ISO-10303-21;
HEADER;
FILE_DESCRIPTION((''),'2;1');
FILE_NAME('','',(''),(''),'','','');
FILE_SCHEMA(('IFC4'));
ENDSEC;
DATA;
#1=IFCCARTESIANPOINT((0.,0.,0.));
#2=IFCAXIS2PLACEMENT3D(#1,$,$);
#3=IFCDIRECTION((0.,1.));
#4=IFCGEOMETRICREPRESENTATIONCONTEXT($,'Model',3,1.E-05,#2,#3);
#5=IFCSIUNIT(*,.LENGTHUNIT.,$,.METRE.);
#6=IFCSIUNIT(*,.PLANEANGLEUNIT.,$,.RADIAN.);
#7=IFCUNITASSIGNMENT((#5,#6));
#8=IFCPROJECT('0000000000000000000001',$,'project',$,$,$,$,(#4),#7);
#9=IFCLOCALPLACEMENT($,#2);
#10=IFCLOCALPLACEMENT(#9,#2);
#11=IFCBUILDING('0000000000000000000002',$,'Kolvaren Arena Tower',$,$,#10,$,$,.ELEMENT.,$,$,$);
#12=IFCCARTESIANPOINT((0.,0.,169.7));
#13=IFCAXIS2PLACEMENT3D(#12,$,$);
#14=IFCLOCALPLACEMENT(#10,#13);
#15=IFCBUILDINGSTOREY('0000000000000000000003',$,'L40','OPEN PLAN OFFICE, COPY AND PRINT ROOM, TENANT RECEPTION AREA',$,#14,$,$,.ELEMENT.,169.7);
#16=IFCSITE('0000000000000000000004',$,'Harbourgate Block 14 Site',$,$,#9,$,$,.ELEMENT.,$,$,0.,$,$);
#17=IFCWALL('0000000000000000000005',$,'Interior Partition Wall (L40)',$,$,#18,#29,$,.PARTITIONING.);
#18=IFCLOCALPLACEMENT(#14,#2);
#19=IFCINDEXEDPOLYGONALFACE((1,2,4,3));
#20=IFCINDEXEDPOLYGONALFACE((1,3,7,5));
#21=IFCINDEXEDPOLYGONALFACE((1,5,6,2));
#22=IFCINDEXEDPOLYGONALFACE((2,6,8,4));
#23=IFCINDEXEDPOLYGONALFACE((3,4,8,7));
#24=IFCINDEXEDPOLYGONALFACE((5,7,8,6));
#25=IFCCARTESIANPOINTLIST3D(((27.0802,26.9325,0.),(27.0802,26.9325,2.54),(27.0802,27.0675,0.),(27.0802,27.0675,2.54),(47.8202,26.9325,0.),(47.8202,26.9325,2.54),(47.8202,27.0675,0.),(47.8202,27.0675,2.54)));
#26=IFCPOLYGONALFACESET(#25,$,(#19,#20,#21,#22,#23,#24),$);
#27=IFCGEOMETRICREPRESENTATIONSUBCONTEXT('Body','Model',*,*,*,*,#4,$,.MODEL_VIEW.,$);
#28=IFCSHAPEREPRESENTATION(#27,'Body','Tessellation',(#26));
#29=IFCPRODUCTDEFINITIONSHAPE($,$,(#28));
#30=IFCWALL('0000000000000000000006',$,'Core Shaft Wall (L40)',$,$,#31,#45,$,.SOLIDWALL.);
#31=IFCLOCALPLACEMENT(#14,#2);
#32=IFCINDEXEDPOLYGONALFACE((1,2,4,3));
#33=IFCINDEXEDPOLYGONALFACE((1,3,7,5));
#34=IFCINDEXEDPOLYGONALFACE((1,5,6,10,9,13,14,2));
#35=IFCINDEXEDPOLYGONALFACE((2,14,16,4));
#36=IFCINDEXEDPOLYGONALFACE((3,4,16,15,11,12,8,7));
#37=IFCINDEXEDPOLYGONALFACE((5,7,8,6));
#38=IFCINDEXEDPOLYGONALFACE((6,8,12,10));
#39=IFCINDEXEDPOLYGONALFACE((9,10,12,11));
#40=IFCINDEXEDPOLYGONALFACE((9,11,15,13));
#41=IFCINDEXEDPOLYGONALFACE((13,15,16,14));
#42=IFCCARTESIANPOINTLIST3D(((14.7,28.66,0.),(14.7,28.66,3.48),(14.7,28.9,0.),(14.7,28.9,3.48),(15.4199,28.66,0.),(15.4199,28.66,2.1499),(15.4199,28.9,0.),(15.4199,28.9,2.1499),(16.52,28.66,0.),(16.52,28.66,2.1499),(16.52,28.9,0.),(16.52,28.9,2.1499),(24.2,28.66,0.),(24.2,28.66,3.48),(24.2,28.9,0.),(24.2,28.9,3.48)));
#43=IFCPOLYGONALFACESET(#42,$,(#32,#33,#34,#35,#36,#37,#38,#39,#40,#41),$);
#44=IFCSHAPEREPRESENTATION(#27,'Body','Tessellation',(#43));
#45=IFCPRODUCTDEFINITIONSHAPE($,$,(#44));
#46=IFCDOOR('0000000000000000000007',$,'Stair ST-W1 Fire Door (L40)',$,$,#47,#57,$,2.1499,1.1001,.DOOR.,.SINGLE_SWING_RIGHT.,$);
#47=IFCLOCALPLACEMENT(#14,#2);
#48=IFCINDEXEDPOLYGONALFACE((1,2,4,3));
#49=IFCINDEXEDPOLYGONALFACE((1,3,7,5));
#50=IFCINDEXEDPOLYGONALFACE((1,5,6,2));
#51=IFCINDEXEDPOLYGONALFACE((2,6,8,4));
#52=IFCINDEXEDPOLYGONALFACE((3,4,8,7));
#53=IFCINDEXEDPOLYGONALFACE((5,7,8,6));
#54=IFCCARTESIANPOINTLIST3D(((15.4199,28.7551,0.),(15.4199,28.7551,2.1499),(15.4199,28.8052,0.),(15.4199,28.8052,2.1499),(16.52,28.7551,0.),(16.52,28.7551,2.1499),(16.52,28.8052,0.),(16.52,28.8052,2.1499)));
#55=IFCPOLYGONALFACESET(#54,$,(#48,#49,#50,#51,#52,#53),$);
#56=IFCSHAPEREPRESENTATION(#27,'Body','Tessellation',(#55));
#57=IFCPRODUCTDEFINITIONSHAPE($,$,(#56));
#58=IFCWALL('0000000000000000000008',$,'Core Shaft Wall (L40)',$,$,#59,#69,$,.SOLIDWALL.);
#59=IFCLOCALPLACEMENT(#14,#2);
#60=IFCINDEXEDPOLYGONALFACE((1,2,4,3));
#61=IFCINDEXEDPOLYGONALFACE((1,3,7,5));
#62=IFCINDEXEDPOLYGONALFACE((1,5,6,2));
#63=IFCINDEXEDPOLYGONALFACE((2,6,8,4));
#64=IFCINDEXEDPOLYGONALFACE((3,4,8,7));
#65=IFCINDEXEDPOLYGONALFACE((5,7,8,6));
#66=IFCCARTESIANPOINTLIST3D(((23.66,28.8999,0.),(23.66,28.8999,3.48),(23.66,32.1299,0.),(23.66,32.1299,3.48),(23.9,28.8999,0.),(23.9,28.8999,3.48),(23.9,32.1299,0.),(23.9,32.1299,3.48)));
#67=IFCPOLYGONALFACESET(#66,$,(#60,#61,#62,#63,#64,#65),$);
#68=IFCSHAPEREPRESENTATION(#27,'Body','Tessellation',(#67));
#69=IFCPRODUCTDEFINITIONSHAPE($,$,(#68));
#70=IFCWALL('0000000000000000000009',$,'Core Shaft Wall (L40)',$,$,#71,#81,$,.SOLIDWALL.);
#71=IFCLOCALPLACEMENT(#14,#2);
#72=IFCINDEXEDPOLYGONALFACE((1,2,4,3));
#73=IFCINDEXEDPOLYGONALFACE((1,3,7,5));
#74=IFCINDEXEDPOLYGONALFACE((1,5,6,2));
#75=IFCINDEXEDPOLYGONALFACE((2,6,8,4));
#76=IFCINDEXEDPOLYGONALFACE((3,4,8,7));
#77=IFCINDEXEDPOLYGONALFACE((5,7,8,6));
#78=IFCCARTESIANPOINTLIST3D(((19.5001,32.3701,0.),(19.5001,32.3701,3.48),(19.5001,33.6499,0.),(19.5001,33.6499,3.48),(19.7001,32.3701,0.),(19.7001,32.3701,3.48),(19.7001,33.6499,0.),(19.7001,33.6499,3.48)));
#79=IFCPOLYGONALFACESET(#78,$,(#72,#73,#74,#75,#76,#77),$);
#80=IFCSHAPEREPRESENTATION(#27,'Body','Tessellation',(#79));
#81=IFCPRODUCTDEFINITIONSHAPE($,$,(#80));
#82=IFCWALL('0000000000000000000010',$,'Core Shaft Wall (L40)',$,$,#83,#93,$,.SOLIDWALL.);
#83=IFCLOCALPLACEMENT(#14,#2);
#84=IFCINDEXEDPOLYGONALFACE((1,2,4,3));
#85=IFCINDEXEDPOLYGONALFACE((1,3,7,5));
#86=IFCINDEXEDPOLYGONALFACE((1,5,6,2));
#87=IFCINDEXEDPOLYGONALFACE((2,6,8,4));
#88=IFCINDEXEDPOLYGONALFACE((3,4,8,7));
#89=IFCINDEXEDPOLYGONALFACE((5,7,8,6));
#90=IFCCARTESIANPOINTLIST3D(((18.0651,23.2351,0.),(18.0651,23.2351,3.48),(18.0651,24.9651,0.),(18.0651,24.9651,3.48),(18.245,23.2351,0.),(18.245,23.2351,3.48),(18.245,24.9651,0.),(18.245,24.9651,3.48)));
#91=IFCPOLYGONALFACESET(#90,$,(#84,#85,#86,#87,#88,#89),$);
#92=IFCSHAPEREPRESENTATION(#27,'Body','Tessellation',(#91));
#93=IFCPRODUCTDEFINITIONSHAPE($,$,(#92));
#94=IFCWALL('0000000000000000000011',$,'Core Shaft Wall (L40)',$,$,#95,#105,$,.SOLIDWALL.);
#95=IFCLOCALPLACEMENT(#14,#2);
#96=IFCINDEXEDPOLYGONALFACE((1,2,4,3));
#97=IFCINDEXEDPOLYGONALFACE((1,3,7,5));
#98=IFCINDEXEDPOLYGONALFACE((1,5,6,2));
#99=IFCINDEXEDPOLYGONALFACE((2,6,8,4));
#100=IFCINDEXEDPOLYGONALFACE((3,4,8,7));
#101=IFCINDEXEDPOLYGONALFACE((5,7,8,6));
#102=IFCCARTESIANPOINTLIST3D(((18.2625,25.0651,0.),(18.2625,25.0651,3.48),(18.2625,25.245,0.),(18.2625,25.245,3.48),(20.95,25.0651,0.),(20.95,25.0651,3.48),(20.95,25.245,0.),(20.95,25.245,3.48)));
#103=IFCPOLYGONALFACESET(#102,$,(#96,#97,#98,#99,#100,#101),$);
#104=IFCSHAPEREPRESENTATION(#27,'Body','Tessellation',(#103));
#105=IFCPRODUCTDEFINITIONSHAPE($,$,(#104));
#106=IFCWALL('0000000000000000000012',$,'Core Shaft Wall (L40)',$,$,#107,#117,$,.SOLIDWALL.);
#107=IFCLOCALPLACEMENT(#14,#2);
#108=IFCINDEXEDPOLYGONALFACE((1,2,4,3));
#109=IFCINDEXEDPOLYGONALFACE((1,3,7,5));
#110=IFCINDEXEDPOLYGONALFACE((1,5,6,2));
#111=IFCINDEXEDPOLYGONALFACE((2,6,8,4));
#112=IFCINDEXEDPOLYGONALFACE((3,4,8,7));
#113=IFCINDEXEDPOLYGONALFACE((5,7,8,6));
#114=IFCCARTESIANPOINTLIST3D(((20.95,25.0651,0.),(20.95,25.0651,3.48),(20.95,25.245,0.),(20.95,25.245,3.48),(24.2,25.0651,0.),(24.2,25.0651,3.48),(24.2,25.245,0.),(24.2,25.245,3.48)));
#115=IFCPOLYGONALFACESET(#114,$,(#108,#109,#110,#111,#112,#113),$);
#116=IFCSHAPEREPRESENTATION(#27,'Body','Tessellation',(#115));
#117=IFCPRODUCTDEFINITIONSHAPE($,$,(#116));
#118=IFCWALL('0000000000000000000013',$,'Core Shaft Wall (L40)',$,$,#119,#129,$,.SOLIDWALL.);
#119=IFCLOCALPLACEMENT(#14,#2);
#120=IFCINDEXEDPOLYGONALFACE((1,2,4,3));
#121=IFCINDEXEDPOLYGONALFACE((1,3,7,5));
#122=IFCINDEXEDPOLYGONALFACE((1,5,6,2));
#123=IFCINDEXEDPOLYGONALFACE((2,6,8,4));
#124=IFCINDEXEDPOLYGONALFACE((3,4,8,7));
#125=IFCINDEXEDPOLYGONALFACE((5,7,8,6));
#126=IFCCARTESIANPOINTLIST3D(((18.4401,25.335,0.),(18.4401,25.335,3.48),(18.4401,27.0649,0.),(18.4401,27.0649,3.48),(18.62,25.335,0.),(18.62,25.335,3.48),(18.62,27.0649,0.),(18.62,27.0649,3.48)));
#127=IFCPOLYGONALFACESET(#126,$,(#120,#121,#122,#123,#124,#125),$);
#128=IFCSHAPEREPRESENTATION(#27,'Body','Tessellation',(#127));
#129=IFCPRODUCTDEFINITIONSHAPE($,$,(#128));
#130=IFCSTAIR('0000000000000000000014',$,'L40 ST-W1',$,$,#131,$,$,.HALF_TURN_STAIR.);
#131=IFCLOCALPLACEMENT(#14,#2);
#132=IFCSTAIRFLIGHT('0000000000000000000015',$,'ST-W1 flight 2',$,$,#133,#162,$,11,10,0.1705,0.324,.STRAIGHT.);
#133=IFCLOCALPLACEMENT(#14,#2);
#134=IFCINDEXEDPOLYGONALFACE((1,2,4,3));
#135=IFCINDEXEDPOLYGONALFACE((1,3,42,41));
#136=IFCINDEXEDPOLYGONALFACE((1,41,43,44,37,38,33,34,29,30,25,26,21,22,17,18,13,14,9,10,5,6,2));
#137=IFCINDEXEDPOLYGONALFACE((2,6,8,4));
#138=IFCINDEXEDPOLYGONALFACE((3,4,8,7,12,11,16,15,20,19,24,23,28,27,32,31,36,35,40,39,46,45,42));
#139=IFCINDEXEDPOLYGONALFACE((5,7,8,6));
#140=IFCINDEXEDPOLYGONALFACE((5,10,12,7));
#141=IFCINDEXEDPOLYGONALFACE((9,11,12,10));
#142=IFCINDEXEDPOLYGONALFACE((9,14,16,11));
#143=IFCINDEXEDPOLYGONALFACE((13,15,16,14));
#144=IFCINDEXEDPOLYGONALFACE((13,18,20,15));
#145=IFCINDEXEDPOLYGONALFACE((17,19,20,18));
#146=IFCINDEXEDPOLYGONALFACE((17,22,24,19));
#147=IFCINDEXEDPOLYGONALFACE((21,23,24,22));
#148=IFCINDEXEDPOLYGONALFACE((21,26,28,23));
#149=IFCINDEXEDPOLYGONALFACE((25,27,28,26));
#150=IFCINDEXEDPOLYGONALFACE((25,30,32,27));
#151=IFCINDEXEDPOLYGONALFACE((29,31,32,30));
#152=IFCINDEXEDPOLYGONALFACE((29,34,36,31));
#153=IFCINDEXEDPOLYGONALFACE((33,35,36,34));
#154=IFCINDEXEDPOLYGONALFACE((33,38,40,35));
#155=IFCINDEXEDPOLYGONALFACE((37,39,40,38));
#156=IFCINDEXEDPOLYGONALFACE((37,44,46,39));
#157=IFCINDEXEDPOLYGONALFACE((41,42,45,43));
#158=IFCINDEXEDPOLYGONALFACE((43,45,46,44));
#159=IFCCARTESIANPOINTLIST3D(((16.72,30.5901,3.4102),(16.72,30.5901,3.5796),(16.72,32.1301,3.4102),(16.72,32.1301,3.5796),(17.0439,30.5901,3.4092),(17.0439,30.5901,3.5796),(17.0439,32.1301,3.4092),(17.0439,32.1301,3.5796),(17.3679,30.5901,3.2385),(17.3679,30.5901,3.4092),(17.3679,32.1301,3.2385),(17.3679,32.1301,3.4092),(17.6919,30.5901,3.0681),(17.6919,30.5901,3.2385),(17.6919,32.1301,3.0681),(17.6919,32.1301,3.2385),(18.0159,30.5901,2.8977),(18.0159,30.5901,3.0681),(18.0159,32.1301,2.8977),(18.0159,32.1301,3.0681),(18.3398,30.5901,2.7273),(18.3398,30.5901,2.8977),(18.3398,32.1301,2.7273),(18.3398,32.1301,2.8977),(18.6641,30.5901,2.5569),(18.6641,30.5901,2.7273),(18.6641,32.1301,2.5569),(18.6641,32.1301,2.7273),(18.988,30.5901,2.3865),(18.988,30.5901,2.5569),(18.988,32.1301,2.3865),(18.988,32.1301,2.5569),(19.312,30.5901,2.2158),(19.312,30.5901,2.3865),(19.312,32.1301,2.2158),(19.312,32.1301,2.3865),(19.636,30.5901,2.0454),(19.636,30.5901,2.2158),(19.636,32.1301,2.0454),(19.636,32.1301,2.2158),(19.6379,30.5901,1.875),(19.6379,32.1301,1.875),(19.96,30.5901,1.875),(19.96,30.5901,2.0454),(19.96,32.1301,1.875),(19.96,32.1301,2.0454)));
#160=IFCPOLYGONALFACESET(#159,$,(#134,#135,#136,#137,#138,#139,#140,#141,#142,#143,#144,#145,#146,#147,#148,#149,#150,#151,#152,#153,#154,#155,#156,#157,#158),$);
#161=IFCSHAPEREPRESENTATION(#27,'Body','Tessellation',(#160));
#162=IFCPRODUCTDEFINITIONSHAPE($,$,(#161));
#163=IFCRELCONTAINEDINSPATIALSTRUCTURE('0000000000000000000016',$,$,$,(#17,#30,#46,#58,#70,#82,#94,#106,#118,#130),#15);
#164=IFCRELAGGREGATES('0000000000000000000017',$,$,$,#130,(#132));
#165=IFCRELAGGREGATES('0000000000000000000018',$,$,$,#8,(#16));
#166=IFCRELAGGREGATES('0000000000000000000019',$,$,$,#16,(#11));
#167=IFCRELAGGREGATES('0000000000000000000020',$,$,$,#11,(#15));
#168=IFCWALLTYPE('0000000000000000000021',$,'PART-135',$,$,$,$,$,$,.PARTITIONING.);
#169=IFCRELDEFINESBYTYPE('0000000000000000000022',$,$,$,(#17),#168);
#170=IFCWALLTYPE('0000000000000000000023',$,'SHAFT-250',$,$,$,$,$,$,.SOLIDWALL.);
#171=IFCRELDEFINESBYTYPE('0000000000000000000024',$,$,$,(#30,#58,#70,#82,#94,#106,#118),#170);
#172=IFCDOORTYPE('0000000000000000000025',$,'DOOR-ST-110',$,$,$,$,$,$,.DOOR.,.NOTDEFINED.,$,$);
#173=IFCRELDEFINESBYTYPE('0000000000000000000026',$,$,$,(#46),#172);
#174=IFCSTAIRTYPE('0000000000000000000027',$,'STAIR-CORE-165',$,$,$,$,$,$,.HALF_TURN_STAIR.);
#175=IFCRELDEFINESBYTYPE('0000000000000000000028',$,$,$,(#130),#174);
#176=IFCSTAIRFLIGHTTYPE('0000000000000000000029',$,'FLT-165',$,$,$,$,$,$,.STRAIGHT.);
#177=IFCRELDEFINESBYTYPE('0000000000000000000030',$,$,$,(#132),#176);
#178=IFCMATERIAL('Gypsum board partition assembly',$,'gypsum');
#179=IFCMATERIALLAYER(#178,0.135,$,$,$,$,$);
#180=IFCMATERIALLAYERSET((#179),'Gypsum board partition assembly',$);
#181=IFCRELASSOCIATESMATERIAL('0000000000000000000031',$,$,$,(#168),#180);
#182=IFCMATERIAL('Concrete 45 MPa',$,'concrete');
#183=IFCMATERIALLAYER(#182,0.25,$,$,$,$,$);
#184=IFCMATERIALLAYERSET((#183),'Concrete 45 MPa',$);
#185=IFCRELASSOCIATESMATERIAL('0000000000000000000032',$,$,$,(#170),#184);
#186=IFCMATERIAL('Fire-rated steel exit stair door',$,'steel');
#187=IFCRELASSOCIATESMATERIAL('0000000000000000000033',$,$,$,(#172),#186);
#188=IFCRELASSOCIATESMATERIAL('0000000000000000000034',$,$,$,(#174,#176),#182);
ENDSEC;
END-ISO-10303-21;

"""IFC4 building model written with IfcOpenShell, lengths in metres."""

from ifc_helpers import new_model, si_unit, direction, frame, frame_2d, origin, place, context, subcontext, project, spatial, polyline, rectangle, outline, extrude, material, layer, layer_set, type_object, element, fill, aggregate, save


model = new_model("IFC4")

# Units and contexts
model_context = context("Model", 3, precision=1e-05, world=origin(), true_north=direction((0.0, 1.0)))
body_context = subcontext(model_context, "Body", "Model", "MODEL_VIEW")
ifc_project = project(units=[si_unit("LENGTHUNIT", "METRE"), si_unit("PLANEANGLEUNIT", "RADIAN")], contexts=[model_context])

# Site, building, storey
site_placement = place(None, origin())
site = spatial("IfcSite", under=ifc_project, at=site_placement, Name="Harbourgate Block 14 Site", CompositionType="ELEMENT", RefElevation=0.0)
building_placement = place(site_placement, origin())
building = spatial("IfcBuilding", under=site, at=building_placement, Name="Kolvaren Arena Tower", CompositionType="ELEMENT")
storey_placement = place(building_placement, frame((0.0, 0.0, 169.7)))
storey = spatial("IfcBuildingStorey", under=building, at=storey_placement, Name="L40", Description="OPEN PLAN OFFICE, COPY AND PRINT ROOM, TENANT RECEPTION AREA", CompositionType="ELEMENT", Elevation=169.7)

# Wall
ifc_material_1 = material(Name="Gypsum board partition assembly", Category="gypsum")
ifc_layer_1 = layer(ifc_material_1, 0.135)
ifc_layer_set_1 = layer_set([ifc_layer_1], Name="Gypsum board partition assembly")
wall_type_1 = type_object("IfcWallType", Name="PART-135", PredefinedType="PARTITIONING", material=ifc_layer_set_1)
wall_1_placement = place(storey_placement, frame((27.0801, 27.0, 0.0), z_axis=(0.0, 0.0, 1.0), x_axis=(1.0, 0.0, 0.0)))
element("IfcWall", 1, at=wall_1_placement, inside=storey, type_object=wall_type_1, Name="Interior Partition Wall (L40)", PredefinedType="PARTITIONING", context=body_context, shape_type="SweptSolid", body=[
    extrude(rectangle(XDim=20.74, YDim=0.135, at=frame_2d((10.3701, 0.0))), origin(), (0.0, 0.0, 1.0), 2.54),
])

# Wall, opening, door
ifc_material_2 = material(Name="Concrete 45 MPa", Category="concrete")
ifc_layer_2 = layer(ifc_material_2, 0.25)
ifc_layer_set_2 = layer_set([ifc_layer_2], Name="Concrete 45 MPa")
wall_type_2 = type_object("IfcWallType", Name="SHAFT-250", PredefinedType="SOLIDWALL", material=ifc_layer_set_2)
wall_2_placement = place(storey_placement, frame((24.2, 28.78, 0.0), z_axis=(0.0, 0.0, 1.0), x_axis=(-1.0, 0.0, 0.0)))
wall_2 = element("IfcWall", 2, at=wall_2_placement, inside=storey, type_object=wall_type_2, Name="Core Shaft Wall (L40)", PredefinedType="SOLIDWALL", context=body_context, shape_type="SweptSolid", body=[
    extrude(rectangle(XDim=9.5, YDim=0.24, at=frame_2d((4.75, 0.0))), origin(), (0.0, 0.0, 1.0), 3.48),
])
opening_placement = place(wall_2_placement, frame((7.6799, 0.0, 0.0)))
opening = element("IfcOpeningElement", 3, at=opening_placement, cuts=wall_2, PredefinedType="OPENING", context=body_context, shape_type="SweptSolid", body=[
    extrude(rectangle(XDim=1.1001, YDim=2.1499, at=frame_2d((0.55, 1.075))), frame((0.0, 0.1299, 0.0), z_axis=(0.0, -1.0, 0.0), x_axis=(1.0, 0.0, 0.0)), (0.0, 0.0, 1.0), 0.26),
])
ifc_material_3 = material(Name="Fire-rated steel exit stair door", Category="steel")
door_type = type_object("IfcDoorType", Name="DOOR-ST-110", OperationType="NOTDEFINED", PredefinedType="DOOR", material=ifc_material_3)
door_placement = place(opening_placement, origin())
door = element("IfcDoor", 4, at=door_placement, inside=storey, type_object=door_type, Name="Stair ST-W1 Fire Door (L40)", OperationType="SINGLE_SWING_RIGHT", OverallHeight=2.1499, OverallWidth=1.1001, PredefinedType="DOOR", context=body_context, shape_type="SweptSolid", body=[
    extrude(rectangle(XDim=1.1001, YDim=2.1499, at=frame_2d((0.55, 1.075))), frame((0.0, 0.0249, 0.0), z_axis=(0.0, -1.0, 0.0), x_axis=(1.0, 0.0, 0.0)), (0.0, 0.0, 1.0), 0.05),
])
fill(opening, door)

# Walls
wall_3_placement = place(storey_placement, frame((23.78, 28.8999, 0.0), z_axis=(0.0, 0.0, 1.0), x_axis=(0.0, 1.0, 0.0)))
element("IfcWall", 5, at=wall_3_placement, inside=storey, type_object=wall_type_2, Name="Core Shaft Wall (L40)", PredefinedType="SOLIDWALL", context=body_context, shape_type="SweptSolid", body=[
    extrude(rectangle(XDim=3.23, YDim=0.24, at=frame_2d((1.615, 0.0))), origin(), (0.0, 0.0, 1.0), 3.48),
])
wall_4_placement = place(storey_placement, frame((19.6001, 32.3701, 0.0), z_axis=(0.0, 0.0, 1.0), x_axis=(0.0, 1.0, 0.0)))
element("IfcWall", 6, at=wall_4_placement, inside=storey, type_object=wall_type_2, Name="Core Shaft Wall (L40)", PredefinedType="SOLIDWALL", context=body_context, shape_type="SweptSolid", body=[
    extrude(rectangle(XDim=1.2798, YDim=0.2, at=frame_2d((0.6399, 0.0))), origin(), (0.0, 0.0, 1.0), 3.48),
])
wall_5_placement = place(storey_placement, frame((18.155, 23.2351, 0.0), z_axis=(0.0, 0.0, 1.0), x_axis=(0.0, 1.0, 0.0)))
element("IfcWall", 7, at=wall_5_placement, inside=storey, type_object=wall_type_2, Name="Core Shaft Wall (L40)", PredefinedType="SOLIDWALL", context=body_context, shape_type="SweptSolid", body=[
    extrude(rectangle(XDim=1.73, YDim=0.1799, at=frame_2d((0.865, 0.0))), origin(), (0.0, 0.0, 1.0), 3.48),
])
wall_6_placement = place(storey_placement, frame((18.2625, 25.155, 0.0), z_axis=(0.0, 0.0, 1.0), x_axis=(1.0, 0.0, 0.0)))
element("IfcWall", 8, at=wall_6_placement, inside=storey, type_object=wall_type_2, Name="Core Shaft Wall (L40)", PredefinedType="SOLIDWALL", context=body_context, shape_type="SweptSolid", body=[
    extrude(rectangle(XDim=2.6875, YDim=0.1799, at=frame_2d((1.3438, 0.0))), origin(), (0.0, 0.0, 1.0), 3.48),
])
wall_7_placement = place(storey_placement, frame((20.95, 25.155, 0.0), z_axis=(0.0, 0.0, 1.0), x_axis=(1.0, 0.0, 0.0)))
element("IfcWall", 9, at=wall_7_placement, inside=storey, type_object=wall_type_2, Name="Core Shaft Wall (L40)", PredefinedType="SOLIDWALL", context=body_context, shape_type="SweptSolid", body=[
    extrude(rectangle(XDim=3.25, YDim=0.1799, at=frame_2d((1.625, 0.0))), origin(), (0.0, 0.0, 1.0), 3.48),
])
wall_8_placement = place(storey_placement, frame((18.53, 25.335, 0.0), z_axis=(0.0, 0.0, 1.0), x_axis=(0.0, 1.0, 0.0)))
element("IfcWall", 10, at=wall_8_placement, inside=storey, type_object=wall_type_2, Name="Core Shaft Wall (L40)", PredefinedType="SOLIDWALL", context=body_context, shape_type="SweptSolid", body=[
    extrude(rectangle(XDim=1.73, YDim=0.1799, at=frame_2d((0.865, 0.0))), origin(), (0.0, 0.0, 1.0), 3.48),
])

# Stair, stair flight
stair_type = type_object("IfcStairType", Name="STAIR-CORE-165", PredefinedType="HALF_TURN_STAIR", material=ifc_material_2)
stair_placement = place(storey_placement, origin())
stair = element("IfcStair", 11, at=stair_placement, inside=storey, type_object=stair_type, Name="L40 ST-W1", PredefinedType="HALF_TURN_STAIR")
stair_flight_type = type_object("IfcStairFlightType", Name="FLT-165", PredefinedType="STRAIGHT", material=ifc_material_2)
stair_flight_placement = place(storey_placement, frame((19.96, 31.3601, 1.875), z_axis=(0.0, 0.0, 1.0), x_axis=(-1.0, 0.0, 0.0)))
stair_flight = element("IfcStairFlight", 12, at=stair_flight_placement, type_object=stair_flight_type, Name="ST-W1 flight 2", NumberOfRisers=11, NumberOfTreads=10, PredefinedType="STRAIGHT", RiserHeight=0.1705, TreadLength=0.324, context=body_context, shape_type="SweptSolid", body=[
    extrude(outline(polyline([(0.0, 0.0), (0.0, 0.1704), (0.324, 0.1704), (0.324, 0.3408), (0.6479, 0.3408), (0.6479, 0.5115), (0.9719, 0.5115), (0.9719, 0.6819), (1.2959, 0.6819), (1.2959, 0.8523), (1.6201, 0.8523), (1.6201, 1.0227), (1.9441, 1.0227), (1.9441, 1.1931), (2.2681, 1.1931), (2.2681, 1.3635), (2.592, 1.3635), (2.592, 1.5342), (2.916, 1.5342), (2.916, 1.7046), (3.24, 1.7046), (3.24, 1.875), (3.24, 1.5352), (0.322, 0.0), (0.0, 0.0)])), frame((0.0, 0.77, 0.0), z_axis=(0.0, -1.0, 0.0), x_axis=(1.0, 0.0, 0.0)), (0.0, 0.0, 1.0), 1.54),
])
aggregate(stair, [stair_flight])

save(model, "model.ifc")
